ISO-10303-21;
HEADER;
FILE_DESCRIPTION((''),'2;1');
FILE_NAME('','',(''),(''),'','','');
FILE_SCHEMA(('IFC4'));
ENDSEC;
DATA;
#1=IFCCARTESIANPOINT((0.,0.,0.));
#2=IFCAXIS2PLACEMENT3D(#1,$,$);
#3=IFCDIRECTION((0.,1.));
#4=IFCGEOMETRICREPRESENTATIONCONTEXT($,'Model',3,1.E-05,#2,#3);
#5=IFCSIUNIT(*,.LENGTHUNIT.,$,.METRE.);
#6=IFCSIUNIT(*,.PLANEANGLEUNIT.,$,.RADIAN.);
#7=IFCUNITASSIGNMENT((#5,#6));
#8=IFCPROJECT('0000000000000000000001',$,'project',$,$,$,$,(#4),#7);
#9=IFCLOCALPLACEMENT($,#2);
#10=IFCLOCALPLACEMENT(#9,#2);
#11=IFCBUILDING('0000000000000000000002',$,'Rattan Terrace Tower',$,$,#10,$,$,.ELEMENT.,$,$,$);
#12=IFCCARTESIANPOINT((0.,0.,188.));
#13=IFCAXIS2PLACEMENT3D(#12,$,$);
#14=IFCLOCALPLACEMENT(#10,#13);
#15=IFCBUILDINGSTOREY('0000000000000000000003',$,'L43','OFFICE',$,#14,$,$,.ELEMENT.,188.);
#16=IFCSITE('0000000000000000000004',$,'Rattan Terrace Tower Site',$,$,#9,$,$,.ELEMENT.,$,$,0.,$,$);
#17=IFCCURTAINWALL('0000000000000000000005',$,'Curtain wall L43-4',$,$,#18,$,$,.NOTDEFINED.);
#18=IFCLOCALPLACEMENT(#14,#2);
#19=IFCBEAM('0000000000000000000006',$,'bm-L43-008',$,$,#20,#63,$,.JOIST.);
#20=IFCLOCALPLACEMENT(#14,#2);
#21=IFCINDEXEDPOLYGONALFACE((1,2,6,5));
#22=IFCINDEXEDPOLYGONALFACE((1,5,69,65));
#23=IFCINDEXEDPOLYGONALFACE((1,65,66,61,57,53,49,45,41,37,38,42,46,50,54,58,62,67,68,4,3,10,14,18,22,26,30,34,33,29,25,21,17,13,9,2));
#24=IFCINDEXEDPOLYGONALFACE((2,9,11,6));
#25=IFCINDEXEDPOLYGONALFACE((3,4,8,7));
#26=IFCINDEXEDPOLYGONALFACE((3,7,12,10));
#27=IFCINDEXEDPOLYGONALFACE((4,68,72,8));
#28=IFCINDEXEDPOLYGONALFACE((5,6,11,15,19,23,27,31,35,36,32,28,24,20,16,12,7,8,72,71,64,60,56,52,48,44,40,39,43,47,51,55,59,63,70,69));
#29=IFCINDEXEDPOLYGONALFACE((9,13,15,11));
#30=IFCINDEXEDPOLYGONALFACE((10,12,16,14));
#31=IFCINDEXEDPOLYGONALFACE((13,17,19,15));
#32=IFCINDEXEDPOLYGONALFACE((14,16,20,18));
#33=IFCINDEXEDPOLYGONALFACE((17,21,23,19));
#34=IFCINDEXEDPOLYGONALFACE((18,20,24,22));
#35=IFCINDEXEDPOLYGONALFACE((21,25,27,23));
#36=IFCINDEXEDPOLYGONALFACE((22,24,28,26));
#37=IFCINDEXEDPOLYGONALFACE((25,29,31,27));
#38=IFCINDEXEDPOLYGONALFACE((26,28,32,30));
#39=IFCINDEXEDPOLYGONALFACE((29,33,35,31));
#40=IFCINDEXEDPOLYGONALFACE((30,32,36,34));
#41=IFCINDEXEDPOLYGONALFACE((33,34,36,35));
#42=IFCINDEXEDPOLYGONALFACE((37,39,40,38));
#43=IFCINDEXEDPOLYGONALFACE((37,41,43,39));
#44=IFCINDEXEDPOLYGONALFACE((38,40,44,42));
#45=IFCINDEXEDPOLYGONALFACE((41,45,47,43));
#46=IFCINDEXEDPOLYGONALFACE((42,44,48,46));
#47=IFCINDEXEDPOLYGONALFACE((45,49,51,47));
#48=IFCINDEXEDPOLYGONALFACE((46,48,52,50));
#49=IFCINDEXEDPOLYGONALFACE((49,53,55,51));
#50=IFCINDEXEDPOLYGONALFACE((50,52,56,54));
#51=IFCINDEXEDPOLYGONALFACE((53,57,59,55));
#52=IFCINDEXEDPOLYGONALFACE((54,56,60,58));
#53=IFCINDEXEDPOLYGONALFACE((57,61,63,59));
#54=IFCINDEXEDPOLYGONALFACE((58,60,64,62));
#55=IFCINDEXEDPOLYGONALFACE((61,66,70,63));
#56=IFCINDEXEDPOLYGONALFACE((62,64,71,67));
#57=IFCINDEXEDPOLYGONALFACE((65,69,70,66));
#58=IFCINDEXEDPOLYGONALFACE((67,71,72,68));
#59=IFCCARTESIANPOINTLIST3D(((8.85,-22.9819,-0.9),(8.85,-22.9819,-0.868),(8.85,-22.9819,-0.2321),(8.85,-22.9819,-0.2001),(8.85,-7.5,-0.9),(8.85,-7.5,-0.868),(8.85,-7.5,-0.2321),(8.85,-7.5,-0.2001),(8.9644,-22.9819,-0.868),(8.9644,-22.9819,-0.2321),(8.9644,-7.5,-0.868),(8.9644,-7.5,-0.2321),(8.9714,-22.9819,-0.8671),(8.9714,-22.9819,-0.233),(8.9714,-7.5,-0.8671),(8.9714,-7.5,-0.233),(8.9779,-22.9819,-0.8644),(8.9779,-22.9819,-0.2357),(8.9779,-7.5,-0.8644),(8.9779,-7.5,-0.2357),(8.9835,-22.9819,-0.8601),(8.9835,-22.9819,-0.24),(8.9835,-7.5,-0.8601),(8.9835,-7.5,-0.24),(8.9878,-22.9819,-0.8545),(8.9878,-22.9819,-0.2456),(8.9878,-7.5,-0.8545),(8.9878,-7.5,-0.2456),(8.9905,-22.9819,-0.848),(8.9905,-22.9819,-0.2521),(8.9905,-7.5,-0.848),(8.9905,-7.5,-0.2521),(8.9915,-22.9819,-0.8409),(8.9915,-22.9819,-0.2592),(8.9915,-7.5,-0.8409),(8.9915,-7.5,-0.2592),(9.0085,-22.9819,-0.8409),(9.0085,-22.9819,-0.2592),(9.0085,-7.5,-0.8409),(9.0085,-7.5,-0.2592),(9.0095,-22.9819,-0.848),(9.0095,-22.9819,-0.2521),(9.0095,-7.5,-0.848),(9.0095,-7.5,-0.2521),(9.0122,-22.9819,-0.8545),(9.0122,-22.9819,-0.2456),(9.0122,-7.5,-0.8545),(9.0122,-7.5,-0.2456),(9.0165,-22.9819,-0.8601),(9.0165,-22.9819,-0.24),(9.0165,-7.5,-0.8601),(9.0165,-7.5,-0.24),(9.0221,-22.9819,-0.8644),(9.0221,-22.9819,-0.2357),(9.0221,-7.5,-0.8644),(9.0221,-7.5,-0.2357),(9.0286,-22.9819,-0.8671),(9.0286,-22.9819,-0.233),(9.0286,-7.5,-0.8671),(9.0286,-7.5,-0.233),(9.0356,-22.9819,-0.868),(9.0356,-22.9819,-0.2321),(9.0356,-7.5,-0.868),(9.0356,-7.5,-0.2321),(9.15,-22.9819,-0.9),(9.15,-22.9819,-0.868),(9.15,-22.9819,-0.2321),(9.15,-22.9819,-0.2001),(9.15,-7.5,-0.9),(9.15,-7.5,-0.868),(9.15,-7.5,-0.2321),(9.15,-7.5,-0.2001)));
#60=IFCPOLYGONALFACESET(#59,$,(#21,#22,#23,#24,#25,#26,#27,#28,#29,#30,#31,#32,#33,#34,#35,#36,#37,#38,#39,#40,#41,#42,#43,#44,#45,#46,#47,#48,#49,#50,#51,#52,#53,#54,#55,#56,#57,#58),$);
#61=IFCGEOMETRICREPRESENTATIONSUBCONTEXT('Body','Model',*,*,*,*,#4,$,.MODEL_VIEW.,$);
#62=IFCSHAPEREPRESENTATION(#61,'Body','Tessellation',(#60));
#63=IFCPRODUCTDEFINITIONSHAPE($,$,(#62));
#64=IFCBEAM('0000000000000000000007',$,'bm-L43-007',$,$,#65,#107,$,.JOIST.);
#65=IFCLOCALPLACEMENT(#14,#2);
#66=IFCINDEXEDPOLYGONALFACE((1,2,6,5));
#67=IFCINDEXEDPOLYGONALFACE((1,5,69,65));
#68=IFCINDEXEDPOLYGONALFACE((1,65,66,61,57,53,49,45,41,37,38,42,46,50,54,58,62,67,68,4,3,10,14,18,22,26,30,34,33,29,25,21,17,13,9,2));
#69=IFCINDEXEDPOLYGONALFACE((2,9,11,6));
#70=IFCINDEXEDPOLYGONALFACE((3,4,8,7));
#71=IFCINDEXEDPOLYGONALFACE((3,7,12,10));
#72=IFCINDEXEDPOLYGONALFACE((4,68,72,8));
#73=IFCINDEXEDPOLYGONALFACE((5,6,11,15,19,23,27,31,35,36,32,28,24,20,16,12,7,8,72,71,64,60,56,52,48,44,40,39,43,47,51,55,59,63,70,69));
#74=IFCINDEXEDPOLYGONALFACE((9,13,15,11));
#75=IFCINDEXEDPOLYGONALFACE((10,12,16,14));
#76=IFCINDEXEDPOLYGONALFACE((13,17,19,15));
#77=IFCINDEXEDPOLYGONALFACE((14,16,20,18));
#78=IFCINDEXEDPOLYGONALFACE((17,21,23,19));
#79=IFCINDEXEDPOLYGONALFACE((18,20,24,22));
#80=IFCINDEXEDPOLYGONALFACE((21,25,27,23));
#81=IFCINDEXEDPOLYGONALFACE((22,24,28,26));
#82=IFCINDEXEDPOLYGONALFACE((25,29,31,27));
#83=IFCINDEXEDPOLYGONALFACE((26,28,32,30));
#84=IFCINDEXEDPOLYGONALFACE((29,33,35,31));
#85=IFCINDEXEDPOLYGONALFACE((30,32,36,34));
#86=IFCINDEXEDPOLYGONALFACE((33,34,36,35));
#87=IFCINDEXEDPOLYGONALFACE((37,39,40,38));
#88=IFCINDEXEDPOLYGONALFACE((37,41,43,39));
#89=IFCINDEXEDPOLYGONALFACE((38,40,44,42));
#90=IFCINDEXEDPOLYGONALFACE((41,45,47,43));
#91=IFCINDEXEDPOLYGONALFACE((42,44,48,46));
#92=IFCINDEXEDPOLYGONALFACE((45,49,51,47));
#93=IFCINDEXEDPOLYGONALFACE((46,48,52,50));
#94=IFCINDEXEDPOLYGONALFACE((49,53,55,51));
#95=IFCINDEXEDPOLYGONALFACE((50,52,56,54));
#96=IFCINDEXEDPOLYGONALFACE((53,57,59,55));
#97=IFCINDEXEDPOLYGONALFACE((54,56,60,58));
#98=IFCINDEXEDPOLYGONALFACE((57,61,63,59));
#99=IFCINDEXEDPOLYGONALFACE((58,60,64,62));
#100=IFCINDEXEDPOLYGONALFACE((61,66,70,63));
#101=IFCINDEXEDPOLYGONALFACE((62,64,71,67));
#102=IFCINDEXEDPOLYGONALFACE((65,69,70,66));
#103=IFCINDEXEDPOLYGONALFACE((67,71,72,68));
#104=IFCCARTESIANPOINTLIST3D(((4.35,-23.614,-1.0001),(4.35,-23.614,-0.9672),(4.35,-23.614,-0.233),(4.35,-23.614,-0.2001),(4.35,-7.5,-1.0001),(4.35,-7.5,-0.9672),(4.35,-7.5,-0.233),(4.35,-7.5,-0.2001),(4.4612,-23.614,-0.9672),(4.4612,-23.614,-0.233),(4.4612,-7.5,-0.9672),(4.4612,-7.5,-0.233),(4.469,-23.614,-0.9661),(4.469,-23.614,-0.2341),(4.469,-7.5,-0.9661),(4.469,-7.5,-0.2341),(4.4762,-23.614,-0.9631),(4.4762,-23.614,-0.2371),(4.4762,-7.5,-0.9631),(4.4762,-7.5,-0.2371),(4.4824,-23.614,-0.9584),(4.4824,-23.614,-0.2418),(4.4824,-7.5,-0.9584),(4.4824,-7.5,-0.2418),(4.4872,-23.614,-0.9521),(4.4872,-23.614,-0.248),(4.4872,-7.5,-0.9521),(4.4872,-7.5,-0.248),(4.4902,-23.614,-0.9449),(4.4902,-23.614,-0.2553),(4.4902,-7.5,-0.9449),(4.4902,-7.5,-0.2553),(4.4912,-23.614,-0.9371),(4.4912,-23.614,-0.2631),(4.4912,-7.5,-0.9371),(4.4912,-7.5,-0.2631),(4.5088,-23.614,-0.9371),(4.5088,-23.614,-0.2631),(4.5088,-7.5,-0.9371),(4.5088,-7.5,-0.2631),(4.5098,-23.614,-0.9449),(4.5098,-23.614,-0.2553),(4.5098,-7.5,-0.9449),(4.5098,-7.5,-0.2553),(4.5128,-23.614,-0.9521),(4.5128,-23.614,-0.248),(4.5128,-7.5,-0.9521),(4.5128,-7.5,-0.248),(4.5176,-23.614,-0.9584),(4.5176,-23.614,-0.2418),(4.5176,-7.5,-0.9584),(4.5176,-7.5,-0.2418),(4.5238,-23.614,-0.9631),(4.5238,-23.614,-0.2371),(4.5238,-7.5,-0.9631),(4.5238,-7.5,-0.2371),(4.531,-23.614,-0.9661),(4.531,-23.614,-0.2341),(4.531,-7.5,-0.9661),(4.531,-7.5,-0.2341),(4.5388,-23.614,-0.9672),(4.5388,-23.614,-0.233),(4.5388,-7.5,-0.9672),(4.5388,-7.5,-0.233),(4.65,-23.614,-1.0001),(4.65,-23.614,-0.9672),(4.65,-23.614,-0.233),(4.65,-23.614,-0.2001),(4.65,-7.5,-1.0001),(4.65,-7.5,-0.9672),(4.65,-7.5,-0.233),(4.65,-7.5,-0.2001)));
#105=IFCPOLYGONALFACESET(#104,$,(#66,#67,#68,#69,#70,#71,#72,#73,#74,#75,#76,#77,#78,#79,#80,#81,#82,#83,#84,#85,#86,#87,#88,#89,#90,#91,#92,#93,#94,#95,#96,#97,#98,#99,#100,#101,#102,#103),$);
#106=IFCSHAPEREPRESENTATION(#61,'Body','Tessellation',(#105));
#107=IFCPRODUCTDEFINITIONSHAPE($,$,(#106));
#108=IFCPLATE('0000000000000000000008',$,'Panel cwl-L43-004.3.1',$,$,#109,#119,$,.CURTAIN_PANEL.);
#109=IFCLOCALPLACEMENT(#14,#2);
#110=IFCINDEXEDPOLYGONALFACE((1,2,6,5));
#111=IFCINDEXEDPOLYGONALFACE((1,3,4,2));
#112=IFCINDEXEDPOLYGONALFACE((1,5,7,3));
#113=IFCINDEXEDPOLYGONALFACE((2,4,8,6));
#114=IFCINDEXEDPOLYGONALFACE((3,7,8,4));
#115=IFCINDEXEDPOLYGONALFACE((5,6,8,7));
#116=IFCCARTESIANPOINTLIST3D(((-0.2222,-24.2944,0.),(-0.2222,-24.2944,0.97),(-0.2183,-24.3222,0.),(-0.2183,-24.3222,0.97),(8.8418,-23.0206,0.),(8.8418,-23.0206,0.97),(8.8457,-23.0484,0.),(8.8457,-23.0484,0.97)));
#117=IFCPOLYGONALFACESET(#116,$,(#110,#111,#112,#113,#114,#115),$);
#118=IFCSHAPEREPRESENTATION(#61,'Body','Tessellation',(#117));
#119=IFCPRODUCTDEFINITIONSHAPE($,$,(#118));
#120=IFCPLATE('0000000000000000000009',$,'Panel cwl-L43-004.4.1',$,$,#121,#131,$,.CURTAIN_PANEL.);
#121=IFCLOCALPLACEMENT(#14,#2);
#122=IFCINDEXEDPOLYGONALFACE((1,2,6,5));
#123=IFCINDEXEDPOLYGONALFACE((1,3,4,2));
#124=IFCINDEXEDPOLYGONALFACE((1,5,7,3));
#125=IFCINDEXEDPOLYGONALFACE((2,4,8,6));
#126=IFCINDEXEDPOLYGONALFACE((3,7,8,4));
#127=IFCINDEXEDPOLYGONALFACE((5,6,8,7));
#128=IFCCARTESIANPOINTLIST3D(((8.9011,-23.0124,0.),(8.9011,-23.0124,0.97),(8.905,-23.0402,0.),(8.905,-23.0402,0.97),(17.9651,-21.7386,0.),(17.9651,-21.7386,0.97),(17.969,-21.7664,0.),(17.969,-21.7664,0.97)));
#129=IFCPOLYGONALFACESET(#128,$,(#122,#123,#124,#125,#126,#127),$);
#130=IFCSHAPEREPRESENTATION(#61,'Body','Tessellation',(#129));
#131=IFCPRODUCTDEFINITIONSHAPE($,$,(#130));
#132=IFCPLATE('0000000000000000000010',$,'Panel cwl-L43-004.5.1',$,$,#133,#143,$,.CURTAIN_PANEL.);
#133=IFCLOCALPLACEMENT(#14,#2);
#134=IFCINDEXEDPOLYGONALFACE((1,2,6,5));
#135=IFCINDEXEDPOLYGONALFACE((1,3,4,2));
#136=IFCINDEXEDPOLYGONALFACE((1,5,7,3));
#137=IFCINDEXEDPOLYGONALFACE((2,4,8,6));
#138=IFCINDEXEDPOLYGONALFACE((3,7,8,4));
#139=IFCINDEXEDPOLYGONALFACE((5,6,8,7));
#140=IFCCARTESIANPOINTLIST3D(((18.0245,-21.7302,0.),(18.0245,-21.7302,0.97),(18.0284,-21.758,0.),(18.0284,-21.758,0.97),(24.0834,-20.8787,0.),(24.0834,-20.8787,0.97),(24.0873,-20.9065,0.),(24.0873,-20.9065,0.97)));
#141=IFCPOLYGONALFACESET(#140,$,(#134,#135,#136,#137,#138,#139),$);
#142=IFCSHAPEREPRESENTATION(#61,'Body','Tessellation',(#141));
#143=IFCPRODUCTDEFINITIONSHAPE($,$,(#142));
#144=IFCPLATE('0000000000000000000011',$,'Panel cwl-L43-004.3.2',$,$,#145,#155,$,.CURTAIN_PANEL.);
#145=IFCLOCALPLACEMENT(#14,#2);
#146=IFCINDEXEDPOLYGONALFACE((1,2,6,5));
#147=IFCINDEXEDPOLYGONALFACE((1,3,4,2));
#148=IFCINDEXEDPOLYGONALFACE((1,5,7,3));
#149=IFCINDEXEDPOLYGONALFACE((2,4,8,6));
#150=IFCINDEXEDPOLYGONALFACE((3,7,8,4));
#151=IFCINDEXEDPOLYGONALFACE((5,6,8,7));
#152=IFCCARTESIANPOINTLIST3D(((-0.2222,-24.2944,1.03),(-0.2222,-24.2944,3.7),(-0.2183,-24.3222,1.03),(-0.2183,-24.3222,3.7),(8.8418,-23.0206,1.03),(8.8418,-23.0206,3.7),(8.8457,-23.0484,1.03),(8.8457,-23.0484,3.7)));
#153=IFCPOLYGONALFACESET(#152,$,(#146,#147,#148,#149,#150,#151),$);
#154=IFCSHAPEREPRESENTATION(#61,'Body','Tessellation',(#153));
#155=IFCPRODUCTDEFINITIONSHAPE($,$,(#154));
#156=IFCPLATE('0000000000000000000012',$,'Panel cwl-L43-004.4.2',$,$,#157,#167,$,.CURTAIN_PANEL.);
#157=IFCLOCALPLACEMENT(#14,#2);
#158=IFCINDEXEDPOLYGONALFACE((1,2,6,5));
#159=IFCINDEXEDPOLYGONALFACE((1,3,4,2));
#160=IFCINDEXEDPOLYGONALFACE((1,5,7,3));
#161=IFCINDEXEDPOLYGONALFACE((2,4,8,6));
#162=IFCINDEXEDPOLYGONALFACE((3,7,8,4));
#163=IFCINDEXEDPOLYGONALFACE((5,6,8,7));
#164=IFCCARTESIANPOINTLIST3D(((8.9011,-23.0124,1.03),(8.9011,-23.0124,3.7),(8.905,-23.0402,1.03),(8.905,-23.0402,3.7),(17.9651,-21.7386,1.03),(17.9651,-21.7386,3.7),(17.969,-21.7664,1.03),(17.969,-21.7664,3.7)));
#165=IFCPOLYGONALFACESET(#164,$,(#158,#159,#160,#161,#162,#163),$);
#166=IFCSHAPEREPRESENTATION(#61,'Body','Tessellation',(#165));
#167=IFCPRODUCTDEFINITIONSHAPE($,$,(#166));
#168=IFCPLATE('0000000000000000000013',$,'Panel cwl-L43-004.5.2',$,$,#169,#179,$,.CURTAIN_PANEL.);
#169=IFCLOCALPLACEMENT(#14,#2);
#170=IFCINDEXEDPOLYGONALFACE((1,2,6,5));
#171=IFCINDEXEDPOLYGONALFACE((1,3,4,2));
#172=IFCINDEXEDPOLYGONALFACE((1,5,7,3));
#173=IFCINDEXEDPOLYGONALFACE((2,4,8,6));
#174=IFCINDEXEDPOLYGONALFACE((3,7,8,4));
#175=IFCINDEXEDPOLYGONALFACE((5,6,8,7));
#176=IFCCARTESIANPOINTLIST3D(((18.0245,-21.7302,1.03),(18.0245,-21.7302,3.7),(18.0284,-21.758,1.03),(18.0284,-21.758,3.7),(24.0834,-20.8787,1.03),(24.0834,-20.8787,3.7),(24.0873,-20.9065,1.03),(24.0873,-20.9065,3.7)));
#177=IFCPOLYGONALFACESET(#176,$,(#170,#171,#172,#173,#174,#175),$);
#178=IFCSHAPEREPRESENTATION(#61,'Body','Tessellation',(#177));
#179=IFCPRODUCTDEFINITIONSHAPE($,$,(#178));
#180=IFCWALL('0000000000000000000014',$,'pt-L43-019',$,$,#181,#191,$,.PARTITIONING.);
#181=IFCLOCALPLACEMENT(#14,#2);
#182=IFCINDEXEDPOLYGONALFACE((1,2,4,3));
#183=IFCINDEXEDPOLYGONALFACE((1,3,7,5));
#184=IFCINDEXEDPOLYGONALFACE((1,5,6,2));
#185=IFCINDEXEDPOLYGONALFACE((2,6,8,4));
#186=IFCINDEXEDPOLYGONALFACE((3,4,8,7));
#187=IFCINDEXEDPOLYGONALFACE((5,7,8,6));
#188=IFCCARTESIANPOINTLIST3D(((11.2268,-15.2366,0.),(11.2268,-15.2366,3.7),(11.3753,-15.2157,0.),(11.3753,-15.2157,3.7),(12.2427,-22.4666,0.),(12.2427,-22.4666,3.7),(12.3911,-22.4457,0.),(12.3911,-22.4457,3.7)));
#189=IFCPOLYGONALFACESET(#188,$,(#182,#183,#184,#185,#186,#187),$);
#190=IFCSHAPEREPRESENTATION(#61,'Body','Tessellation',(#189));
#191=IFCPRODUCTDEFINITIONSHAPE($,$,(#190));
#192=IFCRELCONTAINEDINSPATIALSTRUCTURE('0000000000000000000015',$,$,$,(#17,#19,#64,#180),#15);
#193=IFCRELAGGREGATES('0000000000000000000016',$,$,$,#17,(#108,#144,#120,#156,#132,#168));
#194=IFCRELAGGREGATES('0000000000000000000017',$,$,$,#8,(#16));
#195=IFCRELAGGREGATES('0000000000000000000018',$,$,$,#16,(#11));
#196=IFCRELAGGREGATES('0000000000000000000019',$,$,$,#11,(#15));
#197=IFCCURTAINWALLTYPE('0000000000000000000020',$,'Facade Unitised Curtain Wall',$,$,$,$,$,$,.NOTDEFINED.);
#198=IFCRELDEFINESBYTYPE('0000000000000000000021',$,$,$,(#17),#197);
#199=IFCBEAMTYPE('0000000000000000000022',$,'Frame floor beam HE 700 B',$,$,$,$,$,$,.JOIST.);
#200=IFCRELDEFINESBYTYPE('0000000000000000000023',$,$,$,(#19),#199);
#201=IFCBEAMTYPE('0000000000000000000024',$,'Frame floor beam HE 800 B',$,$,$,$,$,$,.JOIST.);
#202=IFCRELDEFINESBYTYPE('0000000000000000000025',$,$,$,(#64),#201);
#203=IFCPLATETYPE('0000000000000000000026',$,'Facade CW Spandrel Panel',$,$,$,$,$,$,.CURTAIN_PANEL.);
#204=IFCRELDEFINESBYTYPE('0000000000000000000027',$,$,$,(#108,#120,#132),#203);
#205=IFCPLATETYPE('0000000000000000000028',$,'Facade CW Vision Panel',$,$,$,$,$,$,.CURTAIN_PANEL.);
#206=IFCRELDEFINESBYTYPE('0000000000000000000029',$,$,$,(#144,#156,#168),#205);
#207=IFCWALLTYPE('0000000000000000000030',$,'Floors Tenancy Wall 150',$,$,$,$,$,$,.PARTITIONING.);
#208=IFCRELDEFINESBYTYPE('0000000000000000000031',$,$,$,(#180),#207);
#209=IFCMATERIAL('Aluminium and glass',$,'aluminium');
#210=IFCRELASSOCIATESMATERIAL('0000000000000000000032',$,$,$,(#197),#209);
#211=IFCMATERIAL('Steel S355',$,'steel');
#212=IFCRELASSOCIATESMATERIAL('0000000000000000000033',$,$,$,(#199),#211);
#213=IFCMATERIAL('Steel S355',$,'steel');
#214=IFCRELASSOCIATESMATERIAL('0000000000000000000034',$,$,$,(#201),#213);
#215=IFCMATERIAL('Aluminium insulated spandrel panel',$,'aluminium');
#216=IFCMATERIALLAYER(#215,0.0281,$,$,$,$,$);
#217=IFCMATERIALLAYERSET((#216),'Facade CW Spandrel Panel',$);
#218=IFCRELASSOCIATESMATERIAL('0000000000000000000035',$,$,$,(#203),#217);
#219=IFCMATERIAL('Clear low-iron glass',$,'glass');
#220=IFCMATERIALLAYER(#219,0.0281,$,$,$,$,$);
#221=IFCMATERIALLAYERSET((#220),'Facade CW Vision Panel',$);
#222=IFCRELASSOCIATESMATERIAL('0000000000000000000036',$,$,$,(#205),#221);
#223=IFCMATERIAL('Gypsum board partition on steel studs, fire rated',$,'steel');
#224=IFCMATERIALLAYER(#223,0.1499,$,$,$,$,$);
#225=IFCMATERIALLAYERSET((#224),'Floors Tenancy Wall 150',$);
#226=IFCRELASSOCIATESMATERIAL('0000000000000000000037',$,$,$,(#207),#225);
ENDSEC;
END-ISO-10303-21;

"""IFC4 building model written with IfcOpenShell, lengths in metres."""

from ifc_helpers import new_model, si_unit, direction, frame, frame_2d, origin, origin_2d, place, context, subcontext, project, spatial, rectangle, i_section, extrude, material, layer, layer_set, material_profile, profile_set, type_object, element, aggregate, save


model = new_model("IFC4")

# Units and contexts
model_context = context("Model", 3, precision=1e-05, world=origin(), true_north=direction((0.0, 1.0)))
body_context = subcontext(model_context, "Body", "Model", "MODEL_VIEW")
ifc_project = project(units=[si_unit("LENGTHUNIT", "METRE"), si_unit("PLANEANGLEUNIT", "RADIAN")], contexts=[model_context])

# Site, building, storey
site_placement = place(None, origin())
site = spatial("IfcSite", under=ifc_project, at=site_placement, Name="Rattan Terrace Tower Site", CompositionType="ELEMENT", RefElevation=0.0)
building_placement = place(site_placement, origin())
building = spatial("IfcBuilding", under=site, at=building_placement, Name="Rattan Terrace Tower", CompositionType="ELEMENT")
storey_placement = place(building_placement, frame((0.0, 0.0, 188.0)))
storey = spatial("IfcBuildingStorey", under=building, at=storey_placement, Name="L43", Description="OFFICE", CompositionType="ELEMENT", Elevation=188.0)

# Curtain wall
ifc_material_1 = material(Name="Aluminium and glass", Category="aluminium")
curtain_wall_type = type_object("IfcCurtainWallType", Name="Facade Unitised Curtain Wall", PredefinedType="NOTDEFINED", material=ifc_material_1)
curtain_wall_placement = place(storey_placement, origin())
curtain_wall = element("IfcCurtainWall", 1, at=curtain_wall_placement, inside=storey, type_object=curtain_wall_type, Name="Curtain wall L43-4", PredefinedType="NOTDEFINED")

# Beams
ifc_material_2 = material(Name="Steel S355", Category="steel")
ifc_material_profile_1 = material_profile(ifc_material_2, i_section(OverallWidth=0.3, OverallDepth=0.7, WebThickness=0.0171, FlangeThickness=0.032, FilletRadius=0.0271, at=origin_2d()), Name="HE 700 B")
ifc_profile_set_1 = profile_set([ifc_material_profile_1], Name="Steel S355")
beam_type_1 = type_object("IfcBeamType", Name="Frame floor beam HE 700 B", PredefinedType="JOIST", material=ifc_profile_set_1)
beam_1_placement = place(storey_placement, frame((9.0, -22.9819, -0.55), z_axis=(0.0, 1.0, 0.0), x_axis=(-1.0, 0.0, 0.0)))
element("IfcBeam", 2, at=beam_1_placement, inside=storey, type_object=beam_type_1, Name="bm-L43-008", PredefinedType="JOIST", context=body_context, shape_type="SweptSolid", body=[
    extrude(i_section(OverallWidth=0.3, OverallDepth=0.7, WebThickness=0.0171, FlangeThickness=0.032, FilletRadius=0.0271, at=origin_2d()), origin(), (0.0, 0.0, 1.0), 15.4819),
])
ifc_material_3 = material(Name="Steel S355", Category="steel")
ifc_material_profile_2 = material_profile(ifc_material_3, i_section(OverallWidth=0.3, OverallDepth=0.8, WebThickness=0.0176, FlangeThickness=0.033, FilletRadius=0.03, at=origin_2d()), Name="HE 800 B")
ifc_profile_set_2 = profile_set([ifc_material_profile_2], Name="Steel S355")
beam_type_2 = type_object("IfcBeamType", Name="Frame floor beam HE 800 B", PredefinedType="JOIST", material=ifc_profile_set_2)
beam_2_placement = place(storey_placement, frame((4.5, -23.614, -0.6001), z_axis=(0.0, 1.0, 0.0), x_axis=(-1.0, 0.0, 0.0)))
element("IfcBeam", 3, at=beam_2_placement, inside=storey, type_object=beam_type_2, Name="bm-L43-007", PredefinedType="JOIST", context=body_context, shape_type="SweptSolid", body=[
    extrude(i_section(OverallWidth=0.3, OverallDepth=0.8, WebThickness=0.0176, FlangeThickness=0.033, FilletRadius=0.03, at=origin_2d()), origin(), (0.0, 0.0, 1.0), 16.114),
])

# Plates
ifc_material_4 = material(Name="Aluminium insulated spandrel panel", Category="aluminium")
ifc_layer_1 = layer(ifc_material_4, 0.0281)
ifc_layer_set_1 = layer_set([ifc_layer_1], Name="Facade CW Spandrel Panel")
plate_type_1 = type_object("IfcPlateType", Name="Facade CW Spandrel Panel", PredefinedType="CURTAIN_PANEL", material=ifc_layer_set_1)
plate_1_placement = place(storey_placement, frame((4.3118, -23.6714, 0.0), z_axis=(0.0, 0.0, 1.0), x_axis=(0.99027, 0.139161, 0.0)))
plate_1 = element("IfcPlate", 4, at=plate_1_placement, type_object=plate_type_1, Name="Panel cwl-L43-004.3.1", PredefinedType="CURTAIN_PANEL", context=body_context, shape_type="SweptSolid", body=[
    extrude(rectangle(XDim=9.1531, YDim=0.0281, at=origin_2d()), origin(), (0.0, 0.0, 1.0), 0.97),
])
plate_2_placement = place(storey_placement, frame((13.4351, -22.3894, 0.0), z_axis=(0.0, 0.0, 1.0), x_axis=(0.99027, 0.139161, 0.0)))
plate_2 = element("IfcPlate", 5, at=plate_2_placement, type_object=plate_type_1, Name="Panel cwl-L43-004.4.1", PredefinedType="CURTAIN_PANEL", context=body_context, shape_type="SweptSolid", body=[
    extrude(rectangle(XDim=9.1531, YDim=0.0281, at=origin_2d()), origin(), (0.0, 0.0, 1.0), 0.97),
])
plate_3_placement = place(storey_placement, frame((21.0559, -21.3184, 0.0), z_axis=(0.0, 0.0, 1.0), x_axis=(0.99027, 0.139161, 0.0)))
plate_3 = element("IfcPlate", 6, at=plate_3_placement, type_object=plate_type_1, Name="Panel cwl-L43-004.5.1", PredefinedType="CURTAIN_PANEL", context=body_context, shape_type="SweptSolid", body=[
    extrude(rectangle(XDim=6.1184, YDim=0.0281, at=origin_2d()), origin(), (0.0, 0.0, 1.0), 0.97),
])
ifc_material_5 = material(Name="Clear low-iron glass", Category="glass")
ifc_layer_2 = layer(ifc_material_5, 0.0281)
ifc_layer_set_2 = layer_set([ifc_layer_2], Name="Facade CW Vision Panel")
plate_type_2 = type_object("IfcPlateType", Name="Facade CW Vision Panel", PredefinedType="CURTAIN_PANEL", material=ifc_layer_set_2)
plate_4_placement = place(storey_placement, frame((4.3118, -23.6714, 1.03), z_axis=(0.0, 0.0, 1.0), x_axis=(0.99027, 0.139161, 0.0)))
plate_4 = element("IfcPlate", 7, at=plate_4_placement, type_object=plate_type_2, Name="Panel cwl-L43-004.3.2", PredefinedType="CURTAIN_PANEL", context=body_context, shape_type="SweptSolid", body=[
    extrude(rectangle(XDim=9.1531, YDim=0.0281, at=origin_2d()), origin(), (0.0, 0.0, 1.0), 2.6699),
])
plate_5_placement = place(storey_placement, frame((13.4351, -22.3894, 1.03), z_axis=(0.0, 0.0, 1.0), x_axis=(0.99027, 0.139161, 0.0)))
plate_5 = element("IfcPlate", 8, at=plate_5_placement, type_object=plate_type_2, Name="Panel cwl-L43-004.4.2", PredefinedType="CURTAIN_PANEL", context=body_context, shape_type="SweptSolid", body=[
    extrude(rectangle(XDim=9.1531, YDim=0.0281, at=origin_2d()), origin(), (0.0, 0.0, 1.0), 2.6699),
])
plate_6_placement = place(storey_placement, frame((21.0559, -21.3184, 1.03), z_axis=(0.0, 0.0, 1.0), x_axis=(0.99027, 0.139161, 0.0)))
plate_6 = element("IfcPlate", 9, at=plate_6_placement, type_object=plate_type_2, Name="Panel cwl-L43-004.5.2", PredefinedType="CURTAIN_PANEL", context=body_context, shape_type="SweptSolid", body=[
    extrude(rectangle(XDim=6.1184, YDim=0.0281, at=origin_2d()), origin(), (0.0, 0.0, 1.0), 2.6699),
])
aggregate(curtain_wall, [plate_1, plate_4, plate_2, plate_5, plate_3, plate_6])

# Wall
ifc_material_6 = material(Name="Gypsum board partition on steel studs, fire rated", Category="steel")
ifc_layer_3 = layer(ifc_material_6, 0.1499)
ifc_layer_set_3 = layer_set([ifc_layer_3], Name="Floors Tenancy Wall 150")
wall_type = type_object("IfcWallType", Name="Floors Tenancy Wall 150", PredefinedType="PARTITIONING", material=ifc_layer_set_3)
wall_placement = place(storey_placement, frame((12.3169, -22.4561, 0.0), z_axis=(0.0, 0.0, 1.0), x_axis=(-0.139141, 0.990273, 0.0)))
element("IfcWall", 10, at=wall_placement, inside=storey, type_object=wall_type, Name="pt-L43-019", PredefinedType="PARTITIONING", context=body_context, shape_type="SweptSolid", body=[
    extrude(rectangle(XDim=7.301, YDim=0.1499, at=frame_2d((3.6504, 0.0))), origin(), (0.0, 0.0, 1.0), 3.7),
])

save(model, "model.ifc")
